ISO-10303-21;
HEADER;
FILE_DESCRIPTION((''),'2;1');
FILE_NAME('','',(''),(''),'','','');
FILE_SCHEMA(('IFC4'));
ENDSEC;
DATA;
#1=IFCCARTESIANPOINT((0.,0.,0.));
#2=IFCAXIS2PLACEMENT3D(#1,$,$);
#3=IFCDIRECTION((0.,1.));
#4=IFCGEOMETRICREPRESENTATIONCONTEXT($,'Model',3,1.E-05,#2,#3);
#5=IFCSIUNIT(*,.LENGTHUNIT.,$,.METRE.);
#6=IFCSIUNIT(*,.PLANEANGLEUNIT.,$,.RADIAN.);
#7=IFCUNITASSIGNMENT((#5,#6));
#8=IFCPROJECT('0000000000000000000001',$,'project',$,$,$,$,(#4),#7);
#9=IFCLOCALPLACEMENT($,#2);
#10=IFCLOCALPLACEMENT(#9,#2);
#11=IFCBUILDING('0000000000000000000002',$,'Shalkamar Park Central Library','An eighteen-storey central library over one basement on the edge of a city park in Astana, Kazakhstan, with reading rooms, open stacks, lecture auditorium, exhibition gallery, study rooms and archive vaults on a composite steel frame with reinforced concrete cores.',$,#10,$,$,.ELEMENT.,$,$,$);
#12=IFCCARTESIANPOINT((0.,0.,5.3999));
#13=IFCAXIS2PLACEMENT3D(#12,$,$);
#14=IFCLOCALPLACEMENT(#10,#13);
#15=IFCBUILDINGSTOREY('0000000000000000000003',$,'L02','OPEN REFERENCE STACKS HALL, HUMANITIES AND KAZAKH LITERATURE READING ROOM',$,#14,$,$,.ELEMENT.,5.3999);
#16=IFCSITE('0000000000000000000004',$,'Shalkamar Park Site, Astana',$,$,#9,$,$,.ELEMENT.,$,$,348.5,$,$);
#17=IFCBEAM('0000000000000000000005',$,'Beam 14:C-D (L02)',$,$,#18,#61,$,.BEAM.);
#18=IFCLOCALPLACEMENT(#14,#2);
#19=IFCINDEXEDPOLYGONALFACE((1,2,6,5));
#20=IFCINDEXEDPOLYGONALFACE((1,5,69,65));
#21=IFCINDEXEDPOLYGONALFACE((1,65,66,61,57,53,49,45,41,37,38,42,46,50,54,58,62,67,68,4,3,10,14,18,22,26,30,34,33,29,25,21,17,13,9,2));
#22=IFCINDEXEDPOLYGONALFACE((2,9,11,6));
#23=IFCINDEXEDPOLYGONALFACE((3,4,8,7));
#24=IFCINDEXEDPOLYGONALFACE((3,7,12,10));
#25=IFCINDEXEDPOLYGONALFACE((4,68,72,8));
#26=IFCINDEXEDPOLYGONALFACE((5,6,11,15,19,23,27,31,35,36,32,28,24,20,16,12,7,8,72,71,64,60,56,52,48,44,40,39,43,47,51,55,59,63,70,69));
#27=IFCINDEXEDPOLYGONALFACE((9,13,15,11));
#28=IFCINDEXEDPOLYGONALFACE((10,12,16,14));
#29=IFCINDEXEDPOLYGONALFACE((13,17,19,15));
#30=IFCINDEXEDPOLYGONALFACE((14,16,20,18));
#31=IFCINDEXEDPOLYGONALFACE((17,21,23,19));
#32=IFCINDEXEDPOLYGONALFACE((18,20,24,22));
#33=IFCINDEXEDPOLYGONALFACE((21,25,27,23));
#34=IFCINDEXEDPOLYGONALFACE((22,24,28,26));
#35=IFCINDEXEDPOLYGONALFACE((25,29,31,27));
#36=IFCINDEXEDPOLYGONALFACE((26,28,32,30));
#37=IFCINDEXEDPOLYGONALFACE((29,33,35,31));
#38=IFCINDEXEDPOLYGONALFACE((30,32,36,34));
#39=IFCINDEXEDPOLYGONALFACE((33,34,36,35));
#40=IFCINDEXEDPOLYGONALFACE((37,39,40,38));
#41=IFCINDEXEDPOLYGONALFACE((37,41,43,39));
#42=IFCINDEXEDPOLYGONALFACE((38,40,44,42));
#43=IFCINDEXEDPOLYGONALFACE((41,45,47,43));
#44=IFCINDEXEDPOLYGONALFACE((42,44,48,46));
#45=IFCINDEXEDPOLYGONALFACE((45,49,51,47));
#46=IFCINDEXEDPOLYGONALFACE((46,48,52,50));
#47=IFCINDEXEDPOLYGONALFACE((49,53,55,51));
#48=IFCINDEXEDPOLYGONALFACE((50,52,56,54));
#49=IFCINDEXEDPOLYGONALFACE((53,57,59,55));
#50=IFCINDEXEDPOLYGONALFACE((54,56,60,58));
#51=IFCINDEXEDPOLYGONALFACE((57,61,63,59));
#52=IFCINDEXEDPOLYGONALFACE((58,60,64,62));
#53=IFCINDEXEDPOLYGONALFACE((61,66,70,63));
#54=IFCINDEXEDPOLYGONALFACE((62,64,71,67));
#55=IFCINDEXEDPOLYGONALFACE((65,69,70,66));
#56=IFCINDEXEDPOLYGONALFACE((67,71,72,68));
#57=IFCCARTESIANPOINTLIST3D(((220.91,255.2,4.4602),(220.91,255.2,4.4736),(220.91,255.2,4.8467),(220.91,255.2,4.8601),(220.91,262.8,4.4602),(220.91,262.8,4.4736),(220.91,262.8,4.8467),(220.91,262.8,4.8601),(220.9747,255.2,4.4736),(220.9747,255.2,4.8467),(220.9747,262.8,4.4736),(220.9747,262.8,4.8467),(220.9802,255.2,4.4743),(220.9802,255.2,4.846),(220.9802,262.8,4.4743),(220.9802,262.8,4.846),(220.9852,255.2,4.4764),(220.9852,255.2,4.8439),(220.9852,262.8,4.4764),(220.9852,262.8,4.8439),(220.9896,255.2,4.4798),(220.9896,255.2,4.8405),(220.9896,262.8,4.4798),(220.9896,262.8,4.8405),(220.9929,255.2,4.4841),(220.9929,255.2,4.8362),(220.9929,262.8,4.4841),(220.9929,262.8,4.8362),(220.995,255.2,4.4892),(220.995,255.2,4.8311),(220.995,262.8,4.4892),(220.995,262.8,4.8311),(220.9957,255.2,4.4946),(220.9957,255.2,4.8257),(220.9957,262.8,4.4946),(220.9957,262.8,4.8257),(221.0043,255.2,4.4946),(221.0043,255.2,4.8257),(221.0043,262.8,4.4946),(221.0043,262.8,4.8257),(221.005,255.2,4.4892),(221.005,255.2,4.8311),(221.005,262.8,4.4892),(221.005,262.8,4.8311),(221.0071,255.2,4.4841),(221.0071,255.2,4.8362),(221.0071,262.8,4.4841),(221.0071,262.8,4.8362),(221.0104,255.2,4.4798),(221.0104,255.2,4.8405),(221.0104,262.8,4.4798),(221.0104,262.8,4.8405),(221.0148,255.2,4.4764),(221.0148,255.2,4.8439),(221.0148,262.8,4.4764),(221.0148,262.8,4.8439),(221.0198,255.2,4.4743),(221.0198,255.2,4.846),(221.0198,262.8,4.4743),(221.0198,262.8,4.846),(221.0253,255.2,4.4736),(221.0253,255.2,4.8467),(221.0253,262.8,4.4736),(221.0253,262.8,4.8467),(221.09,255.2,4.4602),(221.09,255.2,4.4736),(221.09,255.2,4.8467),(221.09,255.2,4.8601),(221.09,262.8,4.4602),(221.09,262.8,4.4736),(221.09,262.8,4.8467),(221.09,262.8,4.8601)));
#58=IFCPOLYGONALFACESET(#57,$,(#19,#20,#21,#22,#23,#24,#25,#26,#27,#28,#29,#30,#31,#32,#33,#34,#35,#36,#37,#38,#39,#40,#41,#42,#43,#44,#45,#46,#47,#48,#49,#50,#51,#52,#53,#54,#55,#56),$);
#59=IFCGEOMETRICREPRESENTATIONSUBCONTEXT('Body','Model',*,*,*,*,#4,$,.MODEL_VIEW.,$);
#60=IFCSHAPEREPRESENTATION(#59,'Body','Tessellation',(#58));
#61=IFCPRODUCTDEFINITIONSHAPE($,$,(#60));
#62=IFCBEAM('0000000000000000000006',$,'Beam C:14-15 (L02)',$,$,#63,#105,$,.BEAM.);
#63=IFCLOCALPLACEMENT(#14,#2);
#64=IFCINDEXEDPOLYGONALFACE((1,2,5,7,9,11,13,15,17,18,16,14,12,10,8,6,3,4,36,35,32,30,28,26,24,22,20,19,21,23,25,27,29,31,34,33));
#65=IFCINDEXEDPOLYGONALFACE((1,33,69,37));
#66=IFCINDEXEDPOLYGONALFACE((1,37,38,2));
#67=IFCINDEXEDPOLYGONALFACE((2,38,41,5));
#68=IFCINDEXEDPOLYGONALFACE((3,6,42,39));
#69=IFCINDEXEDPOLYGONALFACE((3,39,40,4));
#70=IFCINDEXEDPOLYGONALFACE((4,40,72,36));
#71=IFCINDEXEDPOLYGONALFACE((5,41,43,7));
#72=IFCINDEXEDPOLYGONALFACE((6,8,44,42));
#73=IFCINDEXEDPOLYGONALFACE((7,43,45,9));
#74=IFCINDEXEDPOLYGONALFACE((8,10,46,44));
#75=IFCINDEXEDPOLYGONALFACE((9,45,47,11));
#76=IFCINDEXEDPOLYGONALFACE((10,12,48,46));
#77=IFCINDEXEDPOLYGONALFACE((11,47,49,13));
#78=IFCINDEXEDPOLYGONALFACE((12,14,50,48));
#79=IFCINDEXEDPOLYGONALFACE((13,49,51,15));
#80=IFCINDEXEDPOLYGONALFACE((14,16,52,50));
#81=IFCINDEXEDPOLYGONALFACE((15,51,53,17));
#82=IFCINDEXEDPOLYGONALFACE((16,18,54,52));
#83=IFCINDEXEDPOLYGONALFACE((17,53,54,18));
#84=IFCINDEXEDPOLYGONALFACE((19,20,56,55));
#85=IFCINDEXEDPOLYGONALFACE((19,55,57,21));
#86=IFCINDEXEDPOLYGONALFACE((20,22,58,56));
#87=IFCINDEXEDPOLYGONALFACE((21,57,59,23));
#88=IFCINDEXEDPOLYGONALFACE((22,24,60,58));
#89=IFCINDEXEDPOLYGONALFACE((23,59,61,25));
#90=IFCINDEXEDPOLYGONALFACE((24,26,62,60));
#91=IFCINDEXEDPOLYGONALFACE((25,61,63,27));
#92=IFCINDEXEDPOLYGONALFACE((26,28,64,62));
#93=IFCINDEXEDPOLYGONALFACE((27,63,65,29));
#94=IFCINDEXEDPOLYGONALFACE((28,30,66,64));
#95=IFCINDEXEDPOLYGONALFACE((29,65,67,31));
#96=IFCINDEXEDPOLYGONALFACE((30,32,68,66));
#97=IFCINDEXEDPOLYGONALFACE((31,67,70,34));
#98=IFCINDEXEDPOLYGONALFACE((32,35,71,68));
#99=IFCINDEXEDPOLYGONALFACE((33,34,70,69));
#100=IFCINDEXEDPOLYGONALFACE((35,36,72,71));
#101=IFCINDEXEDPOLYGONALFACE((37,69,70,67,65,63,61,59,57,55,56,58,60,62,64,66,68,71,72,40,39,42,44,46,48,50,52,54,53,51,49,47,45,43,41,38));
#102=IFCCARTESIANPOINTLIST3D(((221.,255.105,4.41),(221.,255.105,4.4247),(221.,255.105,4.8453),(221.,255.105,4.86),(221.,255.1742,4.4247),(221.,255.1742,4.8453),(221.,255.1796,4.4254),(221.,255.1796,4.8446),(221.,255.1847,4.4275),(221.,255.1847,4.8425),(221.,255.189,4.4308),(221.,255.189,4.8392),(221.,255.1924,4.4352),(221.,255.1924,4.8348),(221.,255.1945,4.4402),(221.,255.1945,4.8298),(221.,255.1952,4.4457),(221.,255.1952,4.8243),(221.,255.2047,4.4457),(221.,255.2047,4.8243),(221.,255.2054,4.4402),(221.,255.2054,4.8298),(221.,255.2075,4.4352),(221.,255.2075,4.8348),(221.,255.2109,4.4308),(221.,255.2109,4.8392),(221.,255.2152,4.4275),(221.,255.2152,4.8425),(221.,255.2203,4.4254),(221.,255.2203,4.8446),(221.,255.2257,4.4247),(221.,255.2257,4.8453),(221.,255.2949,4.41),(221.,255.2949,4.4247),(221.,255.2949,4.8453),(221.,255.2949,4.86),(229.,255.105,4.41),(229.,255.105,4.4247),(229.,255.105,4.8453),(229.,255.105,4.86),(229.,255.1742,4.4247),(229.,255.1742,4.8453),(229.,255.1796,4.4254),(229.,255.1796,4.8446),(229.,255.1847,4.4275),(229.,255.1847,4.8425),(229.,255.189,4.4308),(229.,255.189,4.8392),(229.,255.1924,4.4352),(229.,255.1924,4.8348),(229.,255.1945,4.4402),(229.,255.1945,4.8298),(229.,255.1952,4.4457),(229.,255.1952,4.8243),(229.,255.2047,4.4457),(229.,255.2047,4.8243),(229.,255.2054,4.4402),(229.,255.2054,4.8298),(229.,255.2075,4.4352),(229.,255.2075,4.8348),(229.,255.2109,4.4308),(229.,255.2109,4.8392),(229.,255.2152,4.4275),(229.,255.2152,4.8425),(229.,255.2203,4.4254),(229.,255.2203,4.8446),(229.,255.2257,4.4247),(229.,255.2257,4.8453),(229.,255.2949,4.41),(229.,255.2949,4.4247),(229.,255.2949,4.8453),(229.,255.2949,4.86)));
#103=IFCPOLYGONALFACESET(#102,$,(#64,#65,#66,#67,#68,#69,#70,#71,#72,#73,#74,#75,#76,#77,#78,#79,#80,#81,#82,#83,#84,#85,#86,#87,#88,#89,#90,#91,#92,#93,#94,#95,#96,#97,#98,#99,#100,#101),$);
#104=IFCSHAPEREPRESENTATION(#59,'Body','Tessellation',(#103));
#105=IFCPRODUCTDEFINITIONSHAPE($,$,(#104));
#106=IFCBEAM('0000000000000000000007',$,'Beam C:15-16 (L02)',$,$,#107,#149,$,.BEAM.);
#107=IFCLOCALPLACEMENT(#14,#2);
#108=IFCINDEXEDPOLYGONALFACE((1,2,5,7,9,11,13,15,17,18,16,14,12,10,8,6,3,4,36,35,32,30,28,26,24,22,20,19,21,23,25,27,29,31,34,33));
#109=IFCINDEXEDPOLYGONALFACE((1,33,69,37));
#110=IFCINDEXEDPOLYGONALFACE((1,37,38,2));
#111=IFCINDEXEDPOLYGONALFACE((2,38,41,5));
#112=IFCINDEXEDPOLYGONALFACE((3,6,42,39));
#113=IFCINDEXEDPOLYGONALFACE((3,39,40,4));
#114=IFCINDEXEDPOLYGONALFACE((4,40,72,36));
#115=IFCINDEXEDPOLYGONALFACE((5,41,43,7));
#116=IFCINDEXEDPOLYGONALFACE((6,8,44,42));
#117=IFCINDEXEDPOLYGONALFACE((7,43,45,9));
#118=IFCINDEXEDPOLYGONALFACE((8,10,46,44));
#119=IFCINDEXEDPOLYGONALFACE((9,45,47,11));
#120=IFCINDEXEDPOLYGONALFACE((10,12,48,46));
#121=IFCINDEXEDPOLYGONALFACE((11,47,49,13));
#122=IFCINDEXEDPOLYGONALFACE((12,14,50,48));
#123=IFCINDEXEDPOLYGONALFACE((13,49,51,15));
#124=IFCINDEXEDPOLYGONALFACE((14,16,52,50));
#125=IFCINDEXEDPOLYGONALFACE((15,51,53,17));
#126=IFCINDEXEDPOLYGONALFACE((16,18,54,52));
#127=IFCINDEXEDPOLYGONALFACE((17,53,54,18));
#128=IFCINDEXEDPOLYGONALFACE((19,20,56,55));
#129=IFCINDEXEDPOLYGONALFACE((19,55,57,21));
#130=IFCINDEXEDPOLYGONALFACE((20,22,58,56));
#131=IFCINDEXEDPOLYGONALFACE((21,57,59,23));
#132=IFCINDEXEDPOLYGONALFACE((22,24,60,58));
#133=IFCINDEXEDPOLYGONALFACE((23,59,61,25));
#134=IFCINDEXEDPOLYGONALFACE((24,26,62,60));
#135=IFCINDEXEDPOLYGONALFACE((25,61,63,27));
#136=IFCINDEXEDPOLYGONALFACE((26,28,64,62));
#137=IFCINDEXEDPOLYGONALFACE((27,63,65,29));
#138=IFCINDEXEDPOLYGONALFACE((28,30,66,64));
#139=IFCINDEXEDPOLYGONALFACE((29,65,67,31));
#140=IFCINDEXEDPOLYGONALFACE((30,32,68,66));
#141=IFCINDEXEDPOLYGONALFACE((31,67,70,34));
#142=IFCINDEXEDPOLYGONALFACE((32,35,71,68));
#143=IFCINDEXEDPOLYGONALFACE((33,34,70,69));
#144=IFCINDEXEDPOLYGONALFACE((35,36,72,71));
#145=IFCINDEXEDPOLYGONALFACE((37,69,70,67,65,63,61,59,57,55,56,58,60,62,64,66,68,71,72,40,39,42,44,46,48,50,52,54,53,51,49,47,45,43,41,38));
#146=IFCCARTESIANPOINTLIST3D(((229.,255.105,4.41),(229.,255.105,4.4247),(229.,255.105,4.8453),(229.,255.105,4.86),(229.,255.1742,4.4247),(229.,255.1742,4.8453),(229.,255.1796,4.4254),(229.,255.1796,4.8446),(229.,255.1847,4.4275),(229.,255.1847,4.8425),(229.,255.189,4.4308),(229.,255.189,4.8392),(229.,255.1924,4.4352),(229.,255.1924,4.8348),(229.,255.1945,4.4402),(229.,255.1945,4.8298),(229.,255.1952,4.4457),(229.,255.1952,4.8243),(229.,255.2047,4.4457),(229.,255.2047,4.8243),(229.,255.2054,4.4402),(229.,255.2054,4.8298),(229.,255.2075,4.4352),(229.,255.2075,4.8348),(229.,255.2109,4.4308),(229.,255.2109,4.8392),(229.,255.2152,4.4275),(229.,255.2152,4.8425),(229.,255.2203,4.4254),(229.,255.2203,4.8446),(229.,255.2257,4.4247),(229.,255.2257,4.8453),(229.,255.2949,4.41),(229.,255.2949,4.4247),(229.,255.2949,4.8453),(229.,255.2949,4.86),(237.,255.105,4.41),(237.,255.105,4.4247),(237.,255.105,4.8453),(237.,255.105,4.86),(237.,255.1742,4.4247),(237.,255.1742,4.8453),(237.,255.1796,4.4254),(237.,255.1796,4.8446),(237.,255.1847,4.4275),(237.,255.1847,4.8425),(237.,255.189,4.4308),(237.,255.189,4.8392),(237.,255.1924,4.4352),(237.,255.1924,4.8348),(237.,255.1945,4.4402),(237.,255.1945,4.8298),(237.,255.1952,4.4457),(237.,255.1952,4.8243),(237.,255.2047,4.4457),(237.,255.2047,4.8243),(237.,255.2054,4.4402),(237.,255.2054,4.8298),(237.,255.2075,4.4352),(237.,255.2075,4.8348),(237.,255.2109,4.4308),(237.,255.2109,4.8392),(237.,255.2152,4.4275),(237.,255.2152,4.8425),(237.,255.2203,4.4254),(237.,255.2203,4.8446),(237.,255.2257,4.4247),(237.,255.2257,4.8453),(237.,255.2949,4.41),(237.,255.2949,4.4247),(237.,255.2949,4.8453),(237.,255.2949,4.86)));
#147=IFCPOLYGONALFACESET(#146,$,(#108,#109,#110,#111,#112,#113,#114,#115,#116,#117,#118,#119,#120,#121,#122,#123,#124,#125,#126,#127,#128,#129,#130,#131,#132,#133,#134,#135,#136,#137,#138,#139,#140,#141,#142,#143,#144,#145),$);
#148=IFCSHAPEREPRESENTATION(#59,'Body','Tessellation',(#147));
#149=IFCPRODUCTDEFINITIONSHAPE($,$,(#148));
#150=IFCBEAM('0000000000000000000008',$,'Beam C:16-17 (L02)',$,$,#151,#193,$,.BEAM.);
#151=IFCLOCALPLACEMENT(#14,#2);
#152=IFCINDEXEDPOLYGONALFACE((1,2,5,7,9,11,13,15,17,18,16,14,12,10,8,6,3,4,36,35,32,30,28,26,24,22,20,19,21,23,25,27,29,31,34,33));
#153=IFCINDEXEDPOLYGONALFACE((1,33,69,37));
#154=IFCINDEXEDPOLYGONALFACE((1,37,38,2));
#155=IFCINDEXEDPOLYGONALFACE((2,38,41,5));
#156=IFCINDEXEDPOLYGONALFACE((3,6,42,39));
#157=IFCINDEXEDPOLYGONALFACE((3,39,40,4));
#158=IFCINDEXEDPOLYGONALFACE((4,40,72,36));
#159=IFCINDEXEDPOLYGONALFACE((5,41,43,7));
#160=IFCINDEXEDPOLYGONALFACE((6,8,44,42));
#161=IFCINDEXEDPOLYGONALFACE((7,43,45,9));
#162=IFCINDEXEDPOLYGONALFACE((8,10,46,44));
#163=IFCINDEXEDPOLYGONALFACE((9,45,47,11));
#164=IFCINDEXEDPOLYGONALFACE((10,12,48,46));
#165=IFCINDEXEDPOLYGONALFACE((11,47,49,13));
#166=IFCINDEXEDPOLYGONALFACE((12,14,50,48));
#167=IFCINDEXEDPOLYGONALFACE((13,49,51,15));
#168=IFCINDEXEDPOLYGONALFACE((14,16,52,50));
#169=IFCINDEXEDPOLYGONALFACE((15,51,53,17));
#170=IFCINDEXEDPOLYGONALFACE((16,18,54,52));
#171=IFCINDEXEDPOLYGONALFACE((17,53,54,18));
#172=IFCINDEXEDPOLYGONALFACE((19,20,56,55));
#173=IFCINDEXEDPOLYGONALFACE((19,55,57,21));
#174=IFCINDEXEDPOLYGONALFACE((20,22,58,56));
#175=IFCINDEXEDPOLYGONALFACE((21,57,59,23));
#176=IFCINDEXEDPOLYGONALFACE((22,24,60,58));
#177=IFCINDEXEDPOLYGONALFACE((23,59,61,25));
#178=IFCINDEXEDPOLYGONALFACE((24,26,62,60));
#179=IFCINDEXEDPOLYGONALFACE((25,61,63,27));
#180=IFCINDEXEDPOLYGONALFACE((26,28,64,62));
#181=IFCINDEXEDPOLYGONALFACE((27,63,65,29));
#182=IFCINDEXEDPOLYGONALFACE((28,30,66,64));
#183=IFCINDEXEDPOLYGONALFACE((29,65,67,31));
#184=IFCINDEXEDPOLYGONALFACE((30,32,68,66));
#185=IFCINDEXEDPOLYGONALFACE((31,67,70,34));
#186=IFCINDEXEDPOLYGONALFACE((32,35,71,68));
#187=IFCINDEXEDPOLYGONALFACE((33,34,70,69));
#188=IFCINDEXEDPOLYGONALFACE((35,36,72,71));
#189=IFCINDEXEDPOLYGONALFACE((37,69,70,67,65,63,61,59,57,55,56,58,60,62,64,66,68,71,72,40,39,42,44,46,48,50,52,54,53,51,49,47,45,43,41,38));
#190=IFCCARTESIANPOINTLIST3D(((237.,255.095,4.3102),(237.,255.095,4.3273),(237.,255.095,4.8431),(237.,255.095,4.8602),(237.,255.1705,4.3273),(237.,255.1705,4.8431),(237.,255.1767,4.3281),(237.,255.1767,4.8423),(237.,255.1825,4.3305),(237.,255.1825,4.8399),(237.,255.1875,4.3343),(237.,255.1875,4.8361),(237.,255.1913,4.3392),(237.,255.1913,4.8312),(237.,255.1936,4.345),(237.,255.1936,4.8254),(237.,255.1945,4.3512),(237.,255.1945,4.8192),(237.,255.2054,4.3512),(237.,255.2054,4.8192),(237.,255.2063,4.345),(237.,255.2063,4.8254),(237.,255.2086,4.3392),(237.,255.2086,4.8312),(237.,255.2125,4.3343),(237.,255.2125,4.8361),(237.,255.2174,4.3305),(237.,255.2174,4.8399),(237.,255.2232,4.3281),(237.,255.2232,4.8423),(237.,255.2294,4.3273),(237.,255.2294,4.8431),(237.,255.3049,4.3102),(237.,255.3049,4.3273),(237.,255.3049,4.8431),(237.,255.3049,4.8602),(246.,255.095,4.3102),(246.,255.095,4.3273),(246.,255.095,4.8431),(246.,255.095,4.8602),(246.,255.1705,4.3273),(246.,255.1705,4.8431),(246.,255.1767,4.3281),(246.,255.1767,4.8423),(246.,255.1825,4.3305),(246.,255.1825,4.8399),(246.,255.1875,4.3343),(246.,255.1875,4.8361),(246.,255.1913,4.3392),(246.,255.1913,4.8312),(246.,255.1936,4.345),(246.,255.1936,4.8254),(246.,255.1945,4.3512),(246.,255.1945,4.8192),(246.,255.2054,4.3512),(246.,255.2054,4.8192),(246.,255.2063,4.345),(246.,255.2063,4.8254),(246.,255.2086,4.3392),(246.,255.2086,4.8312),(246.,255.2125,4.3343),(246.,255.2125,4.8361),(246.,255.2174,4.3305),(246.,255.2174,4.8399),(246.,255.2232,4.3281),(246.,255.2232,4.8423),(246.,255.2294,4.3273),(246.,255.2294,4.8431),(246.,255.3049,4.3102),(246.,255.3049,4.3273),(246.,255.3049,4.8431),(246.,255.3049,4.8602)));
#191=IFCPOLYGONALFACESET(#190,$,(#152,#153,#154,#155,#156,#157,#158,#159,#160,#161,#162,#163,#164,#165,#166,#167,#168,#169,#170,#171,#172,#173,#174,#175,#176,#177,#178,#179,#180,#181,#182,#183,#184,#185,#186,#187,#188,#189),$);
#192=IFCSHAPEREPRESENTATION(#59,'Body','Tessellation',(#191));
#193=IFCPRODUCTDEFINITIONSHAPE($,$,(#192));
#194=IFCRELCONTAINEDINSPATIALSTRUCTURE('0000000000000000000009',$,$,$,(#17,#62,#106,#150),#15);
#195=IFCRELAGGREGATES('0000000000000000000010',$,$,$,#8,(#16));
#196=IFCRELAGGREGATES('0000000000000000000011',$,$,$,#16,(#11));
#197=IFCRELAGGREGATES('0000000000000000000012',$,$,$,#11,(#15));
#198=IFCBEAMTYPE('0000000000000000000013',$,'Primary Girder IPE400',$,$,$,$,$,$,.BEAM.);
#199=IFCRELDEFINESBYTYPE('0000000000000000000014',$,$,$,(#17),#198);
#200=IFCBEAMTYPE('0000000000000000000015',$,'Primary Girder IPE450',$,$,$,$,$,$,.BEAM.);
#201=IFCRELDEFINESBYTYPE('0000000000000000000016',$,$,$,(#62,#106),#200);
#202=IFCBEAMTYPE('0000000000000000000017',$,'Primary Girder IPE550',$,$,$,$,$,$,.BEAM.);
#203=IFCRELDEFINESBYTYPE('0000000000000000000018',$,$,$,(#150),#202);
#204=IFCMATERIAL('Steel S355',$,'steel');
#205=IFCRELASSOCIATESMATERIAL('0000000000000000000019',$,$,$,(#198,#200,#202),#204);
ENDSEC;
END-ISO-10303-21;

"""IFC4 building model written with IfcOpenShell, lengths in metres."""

from ifc_helpers import new_model, si_unit, direction, frame, origin, origin_2d, place, context, subcontext, project, spatial, i_section, extrude, material, material_profile, profile_set, type_object, element, save


model = new_model("IFC4")

# Units and contexts
model_context = context("Model", 3, precision=1e-05, world=origin(), true_north=direction((0.0, 1.0)))
body_context = subcontext(model_context, "Body", "Model", "MODEL_VIEW")
ifc_project = project(units=[si_unit("LENGTHUNIT", "METRE"), si_unit("PLANEANGLEUNIT", "RADIAN")], contexts=[model_context])

# Site, building, storey
site_placement = place(None, origin())
site = spatial("IfcSite", under=ifc_project, at=site_placement, Name="Shalkamar Park Site, Astana", CompositionType="ELEMENT", RefElevation=348.5)
building_placement = place(site_placement, origin())
building = spatial("IfcBuilding", under=site, at=building_placement, Name="Shalkamar Park Central Library", Description="An eighteen-storey central library over one basement on the edge of a city park in Astana, Kazakhstan, with reading rooms, open stacks, lecture auditorium, exhibition gallery, study rooms and archive vaults on a composite steel frame with reinforced concrete cores.", CompositionType="ELEMENT")
storey_placement = place(building_placement, frame((0.0, 0.0, 5.3999)))
storey = spatial("IfcBuildingStorey", under=building, at=storey_placement, Name="L02", Description="OPEN REFERENCE STACKS HALL, HUMANITIES AND KAZAKH LITERATURE READING ROOM", CompositionType="ELEMENT", Elevation=5.3999)

# Shared definitions
ifc_material_1 = material(Name="Steel S355", Category="steel")

# Beams
ifc_material_profile_1 = material_profile(ifc_material_1, i_section(OverallWidth=0.1799, OverallDepth=0.3999, WebThickness=0.0085, FlangeThickness=0.0134, FilletRadius=0.021, at=origin_2d()), Name="IPE 400")
ifc_profile_set_1 = profile_set([ifc_material_profile_1], Name="Steel S355")
beam_type_1 = type_object("IfcBeamType", Name="Primary Girder IPE400", PredefinedType="BEAM", material=ifc_profile_set_1)
beam_1_placement = place(storey_placement, frame((221.0, 255.2, 4.6602), z_axis=(0.0, 1.0, 0.0), x_axis=(-1.0, 0.0, 0.0)))
element("IfcBeam", 1, at=beam_1_placement, inside=storey, type_object=beam_type_1, Name="Beam 14:C-D (L02)", PredefinedType="BEAM", context=body_context, shape_type="SweptSolid", body=[
    extrude(i_section(OverallWidth=0.1799, OverallDepth=0.3999, WebThickness=0.0085, FlangeThickness=0.0134, FilletRadius=0.021, at=origin_2d()), origin(), (0.0, 0.0, 1.0), 7.6001),
])
ifc_material_profile_2 = material_profile(ifc_material_1, i_section(OverallWidth=0.1899, OverallDepth=0.45, WebThickness=0.0095, FlangeThickness=0.0146, FilletRadius=0.021, at=origin_2d()), Name="IPE 450")
ifc_profile_set_2 = profile_set([ifc_material_profile_2], Name="Steel S355")
beam_type_2 = type_object("IfcBeamType", Name="Primary Girder IPE450", PredefinedType="BEAM", material=ifc_profile_set_2)
for number, where, z_axis, x_axis, name in (
    (2, (221.0, 255.2, 4.635), (1.0, 0.0, 0.0), (0.0, 1.0, 0.0), "Beam C:14-15 (L02)"),
    (3, (229.0, 255.2, 4.635), (1.0, 0.0, 0.0), (0.0, 1.0, 0.0), "Beam C:15-16 (L02)"),
):
    element("IfcBeam", number, at=place(storey_placement, frame(where, z_axis=z_axis, x_axis=x_axis)), inside=storey, type_object=beam_type_2, Name=name, PredefinedType="BEAM", context=body_context, shape_type="SweptSolid", body=[
        extrude(i_section(OverallWidth=0.1899, OverallDepth=0.45, WebThickness=0.0095, FlangeThickness=0.0146, FilletRadius=0.021, at=origin_2d()), origin(), (0.0, 0.0, 1.0), 8.0),
    ])
ifc_material_profile_3 = material_profile(ifc_material_1, i_section(OverallWidth=0.21, OverallDepth=0.55, WebThickness=0.011, FlangeThickness=0.0171, FilletRadius=0.0239, at=origin_2d()), Name="IPE 550")
ifc_profile_set_3 = profile_set([ifc_material_profile_3], Name="Steel S355")
beam_type_3 = type_object("IfcBeamType", Name="Primary Girder IPE550", PredefinedType="BEAM", material=ifc_profile_set_3)
beam_2_placement = place(storey_placement, frame((237.0, 255.2, 4.5852), z_axis=(1.0, 0.0, 0.0), x_axis=(0.0, 1.0, 0.0)))
element("IfcBeam", 4, at=beam_2_placement, inside=storey, type_object=beam_type_3, Name="Beam C:16-17 (L02)", PredefinedType="BEAM", context=body_context, shape_type="SweptSolid", body=[
    extrude(i_section(OverallWidth=0.21, OverallDepth=0.55, WebThickness=0.011, FlangeThickness=0.0171, FilletRadius=0.0239, at=origin_2d()), origin(), (0.0, 0.0, 1.0), 9.0),
])

save(model, "model.ifc")
